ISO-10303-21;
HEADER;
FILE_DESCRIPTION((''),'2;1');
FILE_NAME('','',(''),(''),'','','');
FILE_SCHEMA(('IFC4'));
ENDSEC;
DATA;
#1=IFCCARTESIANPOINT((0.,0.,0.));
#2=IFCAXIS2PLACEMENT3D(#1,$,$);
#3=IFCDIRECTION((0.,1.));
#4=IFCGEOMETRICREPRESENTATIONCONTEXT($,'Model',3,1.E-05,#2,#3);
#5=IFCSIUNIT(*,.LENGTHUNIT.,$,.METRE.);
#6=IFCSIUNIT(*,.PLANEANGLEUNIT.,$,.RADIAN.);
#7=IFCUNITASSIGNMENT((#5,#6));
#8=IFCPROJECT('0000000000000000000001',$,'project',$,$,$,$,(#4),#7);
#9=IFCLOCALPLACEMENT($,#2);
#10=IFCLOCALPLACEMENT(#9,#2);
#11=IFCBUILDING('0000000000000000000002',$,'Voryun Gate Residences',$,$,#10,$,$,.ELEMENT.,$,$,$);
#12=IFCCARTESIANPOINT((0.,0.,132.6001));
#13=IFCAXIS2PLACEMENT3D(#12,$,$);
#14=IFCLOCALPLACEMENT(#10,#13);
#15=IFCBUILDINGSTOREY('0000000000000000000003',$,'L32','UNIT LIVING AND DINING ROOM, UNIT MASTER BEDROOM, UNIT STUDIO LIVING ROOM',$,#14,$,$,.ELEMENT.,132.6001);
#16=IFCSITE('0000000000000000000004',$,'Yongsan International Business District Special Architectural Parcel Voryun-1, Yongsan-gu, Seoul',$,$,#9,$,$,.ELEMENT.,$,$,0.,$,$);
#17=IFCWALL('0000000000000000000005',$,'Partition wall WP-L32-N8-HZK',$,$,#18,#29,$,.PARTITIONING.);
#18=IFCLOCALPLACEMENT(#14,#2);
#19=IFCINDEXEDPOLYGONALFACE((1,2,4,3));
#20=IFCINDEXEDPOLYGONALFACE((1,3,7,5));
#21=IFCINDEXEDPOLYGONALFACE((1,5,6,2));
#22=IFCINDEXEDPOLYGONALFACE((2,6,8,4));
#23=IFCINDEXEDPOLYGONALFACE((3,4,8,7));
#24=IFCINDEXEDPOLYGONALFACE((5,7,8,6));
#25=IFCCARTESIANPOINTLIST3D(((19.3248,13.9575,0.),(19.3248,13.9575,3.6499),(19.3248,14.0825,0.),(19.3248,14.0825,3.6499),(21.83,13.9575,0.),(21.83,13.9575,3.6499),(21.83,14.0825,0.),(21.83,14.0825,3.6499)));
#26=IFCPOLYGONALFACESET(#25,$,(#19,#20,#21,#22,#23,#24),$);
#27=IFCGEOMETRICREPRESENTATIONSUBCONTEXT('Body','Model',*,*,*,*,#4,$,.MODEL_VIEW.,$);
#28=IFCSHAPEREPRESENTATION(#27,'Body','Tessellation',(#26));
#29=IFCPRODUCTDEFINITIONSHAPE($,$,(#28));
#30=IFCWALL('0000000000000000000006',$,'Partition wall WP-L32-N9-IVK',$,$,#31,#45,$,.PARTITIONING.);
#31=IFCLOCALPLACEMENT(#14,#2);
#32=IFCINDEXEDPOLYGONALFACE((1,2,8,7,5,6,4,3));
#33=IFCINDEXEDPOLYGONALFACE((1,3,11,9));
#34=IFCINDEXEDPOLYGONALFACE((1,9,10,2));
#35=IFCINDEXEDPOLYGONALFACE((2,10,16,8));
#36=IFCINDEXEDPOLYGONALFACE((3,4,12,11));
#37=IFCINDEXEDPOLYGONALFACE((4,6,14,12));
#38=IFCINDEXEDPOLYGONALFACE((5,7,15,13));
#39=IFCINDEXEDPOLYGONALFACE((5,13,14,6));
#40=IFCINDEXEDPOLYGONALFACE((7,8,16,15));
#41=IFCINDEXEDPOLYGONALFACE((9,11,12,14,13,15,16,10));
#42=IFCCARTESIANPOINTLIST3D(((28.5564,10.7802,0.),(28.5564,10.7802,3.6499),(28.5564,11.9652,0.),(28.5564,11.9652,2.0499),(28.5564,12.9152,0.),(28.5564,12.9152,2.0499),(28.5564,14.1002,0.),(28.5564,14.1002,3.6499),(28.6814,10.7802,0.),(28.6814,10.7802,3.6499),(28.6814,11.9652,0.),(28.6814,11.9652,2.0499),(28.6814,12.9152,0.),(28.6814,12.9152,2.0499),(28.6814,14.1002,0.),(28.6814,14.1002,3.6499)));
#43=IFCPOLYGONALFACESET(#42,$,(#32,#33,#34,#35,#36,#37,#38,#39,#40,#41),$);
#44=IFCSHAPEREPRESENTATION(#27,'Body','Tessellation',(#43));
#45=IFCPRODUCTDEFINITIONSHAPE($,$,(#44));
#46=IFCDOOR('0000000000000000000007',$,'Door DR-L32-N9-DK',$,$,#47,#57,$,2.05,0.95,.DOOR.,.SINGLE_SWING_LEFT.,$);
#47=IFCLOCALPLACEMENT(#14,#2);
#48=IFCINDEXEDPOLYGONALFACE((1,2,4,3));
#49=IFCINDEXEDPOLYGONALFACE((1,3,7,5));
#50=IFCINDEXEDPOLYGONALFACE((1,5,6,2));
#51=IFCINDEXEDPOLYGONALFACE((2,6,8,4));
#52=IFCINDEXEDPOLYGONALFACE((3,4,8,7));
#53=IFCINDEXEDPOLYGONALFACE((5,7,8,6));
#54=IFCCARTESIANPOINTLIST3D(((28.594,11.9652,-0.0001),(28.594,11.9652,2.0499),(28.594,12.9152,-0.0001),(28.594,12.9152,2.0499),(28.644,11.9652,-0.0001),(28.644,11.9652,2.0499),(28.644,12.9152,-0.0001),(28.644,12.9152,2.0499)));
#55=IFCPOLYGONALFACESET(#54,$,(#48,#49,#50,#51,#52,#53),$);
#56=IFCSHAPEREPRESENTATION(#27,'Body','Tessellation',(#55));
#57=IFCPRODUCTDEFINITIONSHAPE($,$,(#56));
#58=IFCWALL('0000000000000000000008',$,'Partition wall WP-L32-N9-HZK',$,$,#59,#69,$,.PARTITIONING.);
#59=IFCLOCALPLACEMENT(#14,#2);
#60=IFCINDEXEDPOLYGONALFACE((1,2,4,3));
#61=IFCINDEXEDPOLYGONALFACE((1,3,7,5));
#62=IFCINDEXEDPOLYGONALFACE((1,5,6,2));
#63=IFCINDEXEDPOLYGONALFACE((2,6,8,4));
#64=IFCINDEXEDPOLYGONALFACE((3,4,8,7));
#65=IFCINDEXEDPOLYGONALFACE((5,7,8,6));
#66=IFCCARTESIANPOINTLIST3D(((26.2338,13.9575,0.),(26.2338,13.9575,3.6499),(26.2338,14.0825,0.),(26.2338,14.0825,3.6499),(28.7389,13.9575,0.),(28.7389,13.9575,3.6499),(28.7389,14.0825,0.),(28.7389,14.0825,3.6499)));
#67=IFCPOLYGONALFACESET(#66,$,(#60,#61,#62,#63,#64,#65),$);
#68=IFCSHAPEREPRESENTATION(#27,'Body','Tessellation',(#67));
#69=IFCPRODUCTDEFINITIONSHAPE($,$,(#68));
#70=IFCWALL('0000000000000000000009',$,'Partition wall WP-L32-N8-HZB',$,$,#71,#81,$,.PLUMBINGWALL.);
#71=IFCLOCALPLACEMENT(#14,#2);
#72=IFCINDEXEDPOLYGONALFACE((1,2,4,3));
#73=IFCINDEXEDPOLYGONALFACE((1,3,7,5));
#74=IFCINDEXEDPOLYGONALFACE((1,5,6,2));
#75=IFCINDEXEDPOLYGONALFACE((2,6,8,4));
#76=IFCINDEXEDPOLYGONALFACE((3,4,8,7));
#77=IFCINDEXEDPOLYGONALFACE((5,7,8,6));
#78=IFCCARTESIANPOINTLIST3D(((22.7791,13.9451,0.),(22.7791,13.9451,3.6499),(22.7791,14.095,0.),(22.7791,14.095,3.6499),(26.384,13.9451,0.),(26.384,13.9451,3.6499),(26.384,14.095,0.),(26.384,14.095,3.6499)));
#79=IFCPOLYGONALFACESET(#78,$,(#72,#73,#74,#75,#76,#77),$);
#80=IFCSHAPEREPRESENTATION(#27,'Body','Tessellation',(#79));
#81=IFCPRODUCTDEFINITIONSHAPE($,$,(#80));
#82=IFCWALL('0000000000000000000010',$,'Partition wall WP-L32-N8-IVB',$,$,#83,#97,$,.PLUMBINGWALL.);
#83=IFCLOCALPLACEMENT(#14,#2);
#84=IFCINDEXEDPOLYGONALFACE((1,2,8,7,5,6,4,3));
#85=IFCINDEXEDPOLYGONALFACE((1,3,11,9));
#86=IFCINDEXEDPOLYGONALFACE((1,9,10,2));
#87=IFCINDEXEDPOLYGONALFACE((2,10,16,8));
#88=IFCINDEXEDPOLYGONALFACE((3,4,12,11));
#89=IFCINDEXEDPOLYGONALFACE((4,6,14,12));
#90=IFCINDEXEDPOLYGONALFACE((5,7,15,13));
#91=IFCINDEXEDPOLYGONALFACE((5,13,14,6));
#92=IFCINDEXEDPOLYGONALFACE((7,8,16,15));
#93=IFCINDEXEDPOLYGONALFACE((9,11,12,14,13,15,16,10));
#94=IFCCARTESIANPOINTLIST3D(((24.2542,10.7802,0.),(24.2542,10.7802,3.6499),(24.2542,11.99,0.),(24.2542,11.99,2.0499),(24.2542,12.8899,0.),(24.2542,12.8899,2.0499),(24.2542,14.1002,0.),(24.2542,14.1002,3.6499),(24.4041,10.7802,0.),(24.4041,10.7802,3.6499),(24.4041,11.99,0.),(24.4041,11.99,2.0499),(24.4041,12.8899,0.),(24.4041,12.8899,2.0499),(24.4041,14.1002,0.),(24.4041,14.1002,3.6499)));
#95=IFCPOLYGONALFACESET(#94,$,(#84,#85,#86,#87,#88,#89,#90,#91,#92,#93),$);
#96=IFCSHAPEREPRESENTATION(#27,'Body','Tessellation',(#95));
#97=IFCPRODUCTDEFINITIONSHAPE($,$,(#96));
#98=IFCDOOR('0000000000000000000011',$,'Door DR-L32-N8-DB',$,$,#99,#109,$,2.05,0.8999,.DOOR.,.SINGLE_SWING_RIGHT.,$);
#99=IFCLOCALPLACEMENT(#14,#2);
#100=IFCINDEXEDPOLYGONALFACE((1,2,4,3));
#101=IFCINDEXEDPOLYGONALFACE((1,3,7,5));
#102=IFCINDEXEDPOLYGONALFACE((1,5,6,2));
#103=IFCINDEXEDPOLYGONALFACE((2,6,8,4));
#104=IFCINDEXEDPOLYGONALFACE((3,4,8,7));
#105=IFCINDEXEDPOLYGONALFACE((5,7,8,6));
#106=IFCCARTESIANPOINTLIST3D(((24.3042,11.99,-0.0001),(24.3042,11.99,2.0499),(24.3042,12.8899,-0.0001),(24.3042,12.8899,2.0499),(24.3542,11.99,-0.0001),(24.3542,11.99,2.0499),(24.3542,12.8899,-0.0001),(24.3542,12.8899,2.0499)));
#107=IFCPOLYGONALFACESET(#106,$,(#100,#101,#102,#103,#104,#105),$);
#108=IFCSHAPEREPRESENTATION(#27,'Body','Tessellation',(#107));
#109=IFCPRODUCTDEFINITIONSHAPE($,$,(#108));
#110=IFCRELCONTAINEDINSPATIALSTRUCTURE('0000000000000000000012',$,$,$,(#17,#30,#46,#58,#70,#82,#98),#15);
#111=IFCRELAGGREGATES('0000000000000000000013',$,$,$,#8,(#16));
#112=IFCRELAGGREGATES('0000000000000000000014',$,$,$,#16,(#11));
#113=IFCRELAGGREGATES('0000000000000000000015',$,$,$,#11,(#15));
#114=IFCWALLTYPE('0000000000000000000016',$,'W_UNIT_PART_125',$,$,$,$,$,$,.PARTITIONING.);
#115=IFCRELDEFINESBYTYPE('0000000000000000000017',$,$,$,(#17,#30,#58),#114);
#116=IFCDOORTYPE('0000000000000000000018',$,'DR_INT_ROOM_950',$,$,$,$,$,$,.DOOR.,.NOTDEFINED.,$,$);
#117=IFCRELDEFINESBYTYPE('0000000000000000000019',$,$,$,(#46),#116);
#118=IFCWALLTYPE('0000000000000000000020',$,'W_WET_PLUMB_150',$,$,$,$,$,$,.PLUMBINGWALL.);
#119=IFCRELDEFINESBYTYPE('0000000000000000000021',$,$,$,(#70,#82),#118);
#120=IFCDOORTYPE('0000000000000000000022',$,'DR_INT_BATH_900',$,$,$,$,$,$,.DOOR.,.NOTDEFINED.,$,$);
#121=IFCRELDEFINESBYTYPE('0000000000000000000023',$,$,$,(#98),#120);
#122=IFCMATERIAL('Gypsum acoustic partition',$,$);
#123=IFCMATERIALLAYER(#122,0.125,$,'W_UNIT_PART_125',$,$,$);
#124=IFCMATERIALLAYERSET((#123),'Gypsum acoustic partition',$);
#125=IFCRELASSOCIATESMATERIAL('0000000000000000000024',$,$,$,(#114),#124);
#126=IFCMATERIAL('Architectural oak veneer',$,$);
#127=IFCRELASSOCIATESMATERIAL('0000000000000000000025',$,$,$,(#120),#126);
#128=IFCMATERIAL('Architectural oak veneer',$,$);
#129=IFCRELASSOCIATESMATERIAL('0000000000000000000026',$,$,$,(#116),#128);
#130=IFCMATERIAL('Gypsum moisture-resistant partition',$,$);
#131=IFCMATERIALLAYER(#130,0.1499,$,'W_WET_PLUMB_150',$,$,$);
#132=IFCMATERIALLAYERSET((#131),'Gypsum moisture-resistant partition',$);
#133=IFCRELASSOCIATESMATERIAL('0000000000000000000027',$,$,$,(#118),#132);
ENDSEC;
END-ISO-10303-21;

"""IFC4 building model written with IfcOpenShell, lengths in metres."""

from ifc_helpers import new_model, si_unit, direction, frame, frame_2d, origin, place, context, subcontext, project, spatial, rectangle, extrude, material, layer, layer_set, type_object, element, fill, save


model = new_model("IFC4")

# Units and contexts
model_context = context("Model", 3, precision=1e-05, world=origin(), true_north=direction((0.0, 1.0)))
body_context = subcontext(model_context, "Body", "Model", "MODEL_VIEW")
ifc_project = project(units=[si_unit("LENGTHUNIT", "METRE"), si_unit("PLANEANGLEUNIT", "RADIAN")], contexts=[model_context])

# Site, building, storey
site_placement = place(None, origin())
site = spatial("IfcSite", under=ifc_project, at=site_placement, Name="Yongsan International Business District Special Architectural Parcel Voryun-1, Yongsan-gu, Seoul", CompositionType="ELEMENT", RefElevation=0.0)
building_placement = place(site_placement, origin())
building = spatial("IfcBuilding", under=site, at=building_placement, Name="Voryun Gate Residences", CompositionType="ELEMENT")
storey_placement = place(building_placement, frame((0.0, 0.0, 132.6001)))
storey = spatial("IfcBuildingStorey", under=building, at=storey_placement, Name="L32", Description="UNIT LIVING AND DINING ROOM, UNIT MASTER BEDROOM, UNIT STUDIO LIVING ROOM", CompositionType="ELEMENT", Elevation=132.6001)

# Shared definitions
ifc_material_1 = material(Name="Gypsum acoustic partition")
ifc_layer_1 = layer(ifc_material_1, 0.125, Name="W_UNIT_PART_125")
ifc_layer_set_1 = layer_set([ifc_layer_1], Name="Gypsum acoustic partition")
wall_type_1 = type_object("IfcWallType", Name="W_UNIT_PART_125", PredefinedType="PARTITIONING", material=ifc_layer_set_1)
ifc_material_2 = material(Name="Architectural oak veneer")
door_type_1 = type_object("IfcDoorType", Name="DR_INT_BATH_900", OperationType="NOTDEFINED", PredefinedType="DOOR", material=ifc_material_2)
ifc_material_3 = material(Name="Architectural oak veneer")
door_type_2 = type_object("IfcDoorType", Name="DR_INT_ROOM_950", OperationType="NOTDEFINED", PredefinedType="DOOR", material=ifc_material_3)

# Wall
wall_1_placement = place(storey_placement, frame((19.325, 14.02, 0.0), z_axis=(0.0, 0.0, 1.0), x_axis=(1.0, 0.0, 0.0)))
element("IfcWall", 1, at=wall_1_placement, inside=storey, type_object=wall_type_1, Name="Partition wall WP-L32-N8-HZK", PredefinedType="PARTITIONING", context=body_context, shape_type="SweptSolid", body=[
    extrude(rectangle(XDim=2.5051, YDim=0.125, at=frame_2d((1.2524, 0.0))), origin(), (0.0, 0.0, 1.0), 3.6499),
])

# Wall, opening, door
wall_2_placement = place(storey_placement, frame((28.6189, 10.78, 0.0), z_axis=(0.0, 0.0, 1.0), x_axis=(0.0, 1.0, 0.0)))
wall_2 = element("IfcWall", 2, at=wall_2_placement, inside=storey, type_object=wall_type_1, Name="Partition wall WP-L32-N9-IVK", PredefinedType="PARTITIONING", context=body_context, shape_type="SweptSolid", body=[
    extrude(rectangle(XDim=3.3201, YDim=0.125, at=frame_2d((1.6602, 0.0))), origin(), (0.0, 0.0, 1.0), 3.6499),
])
opening_1_placement = place(wall_2_placement, frame((1.1851, 0.0, 0.0)))
opening_1 = element("IfcOpeningElement", 3, at=opening_1_placement, cuts=wall_2, PredefinedType="OPENING", context=body_context, shape_type="SweptSolid", body=[
    extrude(rectangle(XDim=0.95, YDim=2.05, at=frame_2d((0.4751, 1.0249))), frame((0.0, 0.0725, 0.0), z_axis=(0.0, -1.0, 0.0), x_axis=(1.0, 0.0, 0.0)), (0.0, 0.0, 1.0), 0.145),
])
door_1_placement = place(opening_1_placement, origin())
door_1 = element("IfcDoor", 4, at=door_1_placement, inside=storey, type_object=door_type_2, Name="Door DR-L32-N9-DK", OperationType="SINGLE_SWING_LEFT", OverallHeight=2.05, OverallWidth=0.95, PredefinedType="DOOR", context=body_context, shape_type="SweptSolid", body=[
    extrude(rectangle(XDim=0.95, YDim=2.05, at=frame_2d((0.4751, 1.0249))), frame((0.0, 0.0249, 0.0), z_axis=(0.0, -1.0, 0.0), x_axis=(1.0, 0.0, 0.0)), (0.0, 0.0, 1.0), 0.05),
])
fill(opening_1, door_1)

# Walls
wall_3_placement = place(storey_placement, frame((26.2339, 14.02, 0.0), z_axis=(0.0, 0.0, 1.0), x_axis=(1.0, 0.0, 0.0)))
element("IfcWall", 5, at=wall_3_placement, inside=storey, type_object=wall_type_1, Name="Partition wall WP-L32-N9-HZK", PredefinedType="PARTITIONING", context=body_context, shape_type="SweptSolid", body=[
    extrude(rectangle(XDim=2.5051, YDim=0.125, at=frame_2d((1.2524, 0.0))), origin(), (0.0, 0.0, 1.0), 3.6499),
])
ifc_material_4 = material(Name="Gypsum moisture-resistant partition")
ifc_layer_2 = layer(ifc_material_4, 0.1499, Name="W_WET_PLUMB_150")
ifc_layer_set_2 = layer_set([ifc_layer_2], Name="Gypsum moisture-resistant partition")
wall_type_2 = type_object("IfcWallType", Name="W_WET_PLUMB_150", PredefinedType="PLUMBINGWALL", material=ifc_layer_set_2)
wall_4_placement = place(storey_placement, frame((22.7791, 14.02, 0.0), z_axis=(0.0, 0.0, 1.0), x_axis=(1.0, 0.0, 0.0)))
element("IfcWall", 6, at=wall_4_placement, inside=storey, type_object=wall_type_2, Name="Partition wall WP-L32-N8-HZB", PredefinedType="PLUMBINGWALL", context=body_context, shape_type="SweptSolid", body=[
    extrude(rectangle(XDim=3.605, YDim=0.1499, at=frame_2d((1.8025, 0.0))), origin(), (0.0, 0.0, 1.0), 3.6499),
])

# Wall, opening, door
wall_5_placement = place(storey_placement, frame((24.3291, 10.78, 0.0), z_axis=(0.0, 0.0, 1.0), x_axis=(0.0, 1.0, 0.0)))
wall_5 = element("IfcWall", 7, at=wall_5_placement, inside=storey, type_object=wall_type_2, Name="Partition wall WP-L32-N8-IVB", PredefinedType="PLUMBINGWALL", context=body_context, shape_type="SweptSolid", body=[
    extrude(rectangle(XDim=3.3201, YDim=0.1499, at=frame_2d((1.6602, 0.0))), origin(), (0.0, 0.0, 1.0), 3.6499),
])
opening_2_placement = place(wall_5_placement, frame((1.21, 0.0, 0.0)))
opening_2 = element("IfcOpeningElement", 8, at=opening_2_placement, cuts=wall_5, PredefinedType="OPENING", context=body_context, shape_type="SweptSolid", body=[
    extrude(rectangle(XDim=0.8999, YDim=2.05, at=frame_2d((0.45, 1.0249))), frame((0.0, 0.085, 0.0), z_axis=(0.0, -1.0, 0.0), x_axis=(1.0, 0.0, 0.0)), (0.0, 0.0, 1.0), 0.1699),
])
door_2_placement = place(opening_2_placement, origin())
door_2 = element("IfcDoor", 9, at=door_2_placement, inside=storey, type_object=door_type_1, Name="Door DR-L32-N8-DB", OperationType="SINGLE_SWING_RIGHT", OverallHeight=2.05, OverallWidth=0.8999, PredefinedType="DOOR", context=body_context, shape_type="SweptSolid", body=[
    extrude(rectangle(XDim=0.8999, YDim=2.05, at=frame_2d((0.45, 1.0249))), frame((0.0, 0.0249, 0.0), z_axis=(0.0, -1.0, 0.0), x_axis=(1.0, 0.0, 0.0)), (0.0, 0.0, 1.0), 0.05),
])
fill(opening_2, door_2)

save(model, "model.ifc")
